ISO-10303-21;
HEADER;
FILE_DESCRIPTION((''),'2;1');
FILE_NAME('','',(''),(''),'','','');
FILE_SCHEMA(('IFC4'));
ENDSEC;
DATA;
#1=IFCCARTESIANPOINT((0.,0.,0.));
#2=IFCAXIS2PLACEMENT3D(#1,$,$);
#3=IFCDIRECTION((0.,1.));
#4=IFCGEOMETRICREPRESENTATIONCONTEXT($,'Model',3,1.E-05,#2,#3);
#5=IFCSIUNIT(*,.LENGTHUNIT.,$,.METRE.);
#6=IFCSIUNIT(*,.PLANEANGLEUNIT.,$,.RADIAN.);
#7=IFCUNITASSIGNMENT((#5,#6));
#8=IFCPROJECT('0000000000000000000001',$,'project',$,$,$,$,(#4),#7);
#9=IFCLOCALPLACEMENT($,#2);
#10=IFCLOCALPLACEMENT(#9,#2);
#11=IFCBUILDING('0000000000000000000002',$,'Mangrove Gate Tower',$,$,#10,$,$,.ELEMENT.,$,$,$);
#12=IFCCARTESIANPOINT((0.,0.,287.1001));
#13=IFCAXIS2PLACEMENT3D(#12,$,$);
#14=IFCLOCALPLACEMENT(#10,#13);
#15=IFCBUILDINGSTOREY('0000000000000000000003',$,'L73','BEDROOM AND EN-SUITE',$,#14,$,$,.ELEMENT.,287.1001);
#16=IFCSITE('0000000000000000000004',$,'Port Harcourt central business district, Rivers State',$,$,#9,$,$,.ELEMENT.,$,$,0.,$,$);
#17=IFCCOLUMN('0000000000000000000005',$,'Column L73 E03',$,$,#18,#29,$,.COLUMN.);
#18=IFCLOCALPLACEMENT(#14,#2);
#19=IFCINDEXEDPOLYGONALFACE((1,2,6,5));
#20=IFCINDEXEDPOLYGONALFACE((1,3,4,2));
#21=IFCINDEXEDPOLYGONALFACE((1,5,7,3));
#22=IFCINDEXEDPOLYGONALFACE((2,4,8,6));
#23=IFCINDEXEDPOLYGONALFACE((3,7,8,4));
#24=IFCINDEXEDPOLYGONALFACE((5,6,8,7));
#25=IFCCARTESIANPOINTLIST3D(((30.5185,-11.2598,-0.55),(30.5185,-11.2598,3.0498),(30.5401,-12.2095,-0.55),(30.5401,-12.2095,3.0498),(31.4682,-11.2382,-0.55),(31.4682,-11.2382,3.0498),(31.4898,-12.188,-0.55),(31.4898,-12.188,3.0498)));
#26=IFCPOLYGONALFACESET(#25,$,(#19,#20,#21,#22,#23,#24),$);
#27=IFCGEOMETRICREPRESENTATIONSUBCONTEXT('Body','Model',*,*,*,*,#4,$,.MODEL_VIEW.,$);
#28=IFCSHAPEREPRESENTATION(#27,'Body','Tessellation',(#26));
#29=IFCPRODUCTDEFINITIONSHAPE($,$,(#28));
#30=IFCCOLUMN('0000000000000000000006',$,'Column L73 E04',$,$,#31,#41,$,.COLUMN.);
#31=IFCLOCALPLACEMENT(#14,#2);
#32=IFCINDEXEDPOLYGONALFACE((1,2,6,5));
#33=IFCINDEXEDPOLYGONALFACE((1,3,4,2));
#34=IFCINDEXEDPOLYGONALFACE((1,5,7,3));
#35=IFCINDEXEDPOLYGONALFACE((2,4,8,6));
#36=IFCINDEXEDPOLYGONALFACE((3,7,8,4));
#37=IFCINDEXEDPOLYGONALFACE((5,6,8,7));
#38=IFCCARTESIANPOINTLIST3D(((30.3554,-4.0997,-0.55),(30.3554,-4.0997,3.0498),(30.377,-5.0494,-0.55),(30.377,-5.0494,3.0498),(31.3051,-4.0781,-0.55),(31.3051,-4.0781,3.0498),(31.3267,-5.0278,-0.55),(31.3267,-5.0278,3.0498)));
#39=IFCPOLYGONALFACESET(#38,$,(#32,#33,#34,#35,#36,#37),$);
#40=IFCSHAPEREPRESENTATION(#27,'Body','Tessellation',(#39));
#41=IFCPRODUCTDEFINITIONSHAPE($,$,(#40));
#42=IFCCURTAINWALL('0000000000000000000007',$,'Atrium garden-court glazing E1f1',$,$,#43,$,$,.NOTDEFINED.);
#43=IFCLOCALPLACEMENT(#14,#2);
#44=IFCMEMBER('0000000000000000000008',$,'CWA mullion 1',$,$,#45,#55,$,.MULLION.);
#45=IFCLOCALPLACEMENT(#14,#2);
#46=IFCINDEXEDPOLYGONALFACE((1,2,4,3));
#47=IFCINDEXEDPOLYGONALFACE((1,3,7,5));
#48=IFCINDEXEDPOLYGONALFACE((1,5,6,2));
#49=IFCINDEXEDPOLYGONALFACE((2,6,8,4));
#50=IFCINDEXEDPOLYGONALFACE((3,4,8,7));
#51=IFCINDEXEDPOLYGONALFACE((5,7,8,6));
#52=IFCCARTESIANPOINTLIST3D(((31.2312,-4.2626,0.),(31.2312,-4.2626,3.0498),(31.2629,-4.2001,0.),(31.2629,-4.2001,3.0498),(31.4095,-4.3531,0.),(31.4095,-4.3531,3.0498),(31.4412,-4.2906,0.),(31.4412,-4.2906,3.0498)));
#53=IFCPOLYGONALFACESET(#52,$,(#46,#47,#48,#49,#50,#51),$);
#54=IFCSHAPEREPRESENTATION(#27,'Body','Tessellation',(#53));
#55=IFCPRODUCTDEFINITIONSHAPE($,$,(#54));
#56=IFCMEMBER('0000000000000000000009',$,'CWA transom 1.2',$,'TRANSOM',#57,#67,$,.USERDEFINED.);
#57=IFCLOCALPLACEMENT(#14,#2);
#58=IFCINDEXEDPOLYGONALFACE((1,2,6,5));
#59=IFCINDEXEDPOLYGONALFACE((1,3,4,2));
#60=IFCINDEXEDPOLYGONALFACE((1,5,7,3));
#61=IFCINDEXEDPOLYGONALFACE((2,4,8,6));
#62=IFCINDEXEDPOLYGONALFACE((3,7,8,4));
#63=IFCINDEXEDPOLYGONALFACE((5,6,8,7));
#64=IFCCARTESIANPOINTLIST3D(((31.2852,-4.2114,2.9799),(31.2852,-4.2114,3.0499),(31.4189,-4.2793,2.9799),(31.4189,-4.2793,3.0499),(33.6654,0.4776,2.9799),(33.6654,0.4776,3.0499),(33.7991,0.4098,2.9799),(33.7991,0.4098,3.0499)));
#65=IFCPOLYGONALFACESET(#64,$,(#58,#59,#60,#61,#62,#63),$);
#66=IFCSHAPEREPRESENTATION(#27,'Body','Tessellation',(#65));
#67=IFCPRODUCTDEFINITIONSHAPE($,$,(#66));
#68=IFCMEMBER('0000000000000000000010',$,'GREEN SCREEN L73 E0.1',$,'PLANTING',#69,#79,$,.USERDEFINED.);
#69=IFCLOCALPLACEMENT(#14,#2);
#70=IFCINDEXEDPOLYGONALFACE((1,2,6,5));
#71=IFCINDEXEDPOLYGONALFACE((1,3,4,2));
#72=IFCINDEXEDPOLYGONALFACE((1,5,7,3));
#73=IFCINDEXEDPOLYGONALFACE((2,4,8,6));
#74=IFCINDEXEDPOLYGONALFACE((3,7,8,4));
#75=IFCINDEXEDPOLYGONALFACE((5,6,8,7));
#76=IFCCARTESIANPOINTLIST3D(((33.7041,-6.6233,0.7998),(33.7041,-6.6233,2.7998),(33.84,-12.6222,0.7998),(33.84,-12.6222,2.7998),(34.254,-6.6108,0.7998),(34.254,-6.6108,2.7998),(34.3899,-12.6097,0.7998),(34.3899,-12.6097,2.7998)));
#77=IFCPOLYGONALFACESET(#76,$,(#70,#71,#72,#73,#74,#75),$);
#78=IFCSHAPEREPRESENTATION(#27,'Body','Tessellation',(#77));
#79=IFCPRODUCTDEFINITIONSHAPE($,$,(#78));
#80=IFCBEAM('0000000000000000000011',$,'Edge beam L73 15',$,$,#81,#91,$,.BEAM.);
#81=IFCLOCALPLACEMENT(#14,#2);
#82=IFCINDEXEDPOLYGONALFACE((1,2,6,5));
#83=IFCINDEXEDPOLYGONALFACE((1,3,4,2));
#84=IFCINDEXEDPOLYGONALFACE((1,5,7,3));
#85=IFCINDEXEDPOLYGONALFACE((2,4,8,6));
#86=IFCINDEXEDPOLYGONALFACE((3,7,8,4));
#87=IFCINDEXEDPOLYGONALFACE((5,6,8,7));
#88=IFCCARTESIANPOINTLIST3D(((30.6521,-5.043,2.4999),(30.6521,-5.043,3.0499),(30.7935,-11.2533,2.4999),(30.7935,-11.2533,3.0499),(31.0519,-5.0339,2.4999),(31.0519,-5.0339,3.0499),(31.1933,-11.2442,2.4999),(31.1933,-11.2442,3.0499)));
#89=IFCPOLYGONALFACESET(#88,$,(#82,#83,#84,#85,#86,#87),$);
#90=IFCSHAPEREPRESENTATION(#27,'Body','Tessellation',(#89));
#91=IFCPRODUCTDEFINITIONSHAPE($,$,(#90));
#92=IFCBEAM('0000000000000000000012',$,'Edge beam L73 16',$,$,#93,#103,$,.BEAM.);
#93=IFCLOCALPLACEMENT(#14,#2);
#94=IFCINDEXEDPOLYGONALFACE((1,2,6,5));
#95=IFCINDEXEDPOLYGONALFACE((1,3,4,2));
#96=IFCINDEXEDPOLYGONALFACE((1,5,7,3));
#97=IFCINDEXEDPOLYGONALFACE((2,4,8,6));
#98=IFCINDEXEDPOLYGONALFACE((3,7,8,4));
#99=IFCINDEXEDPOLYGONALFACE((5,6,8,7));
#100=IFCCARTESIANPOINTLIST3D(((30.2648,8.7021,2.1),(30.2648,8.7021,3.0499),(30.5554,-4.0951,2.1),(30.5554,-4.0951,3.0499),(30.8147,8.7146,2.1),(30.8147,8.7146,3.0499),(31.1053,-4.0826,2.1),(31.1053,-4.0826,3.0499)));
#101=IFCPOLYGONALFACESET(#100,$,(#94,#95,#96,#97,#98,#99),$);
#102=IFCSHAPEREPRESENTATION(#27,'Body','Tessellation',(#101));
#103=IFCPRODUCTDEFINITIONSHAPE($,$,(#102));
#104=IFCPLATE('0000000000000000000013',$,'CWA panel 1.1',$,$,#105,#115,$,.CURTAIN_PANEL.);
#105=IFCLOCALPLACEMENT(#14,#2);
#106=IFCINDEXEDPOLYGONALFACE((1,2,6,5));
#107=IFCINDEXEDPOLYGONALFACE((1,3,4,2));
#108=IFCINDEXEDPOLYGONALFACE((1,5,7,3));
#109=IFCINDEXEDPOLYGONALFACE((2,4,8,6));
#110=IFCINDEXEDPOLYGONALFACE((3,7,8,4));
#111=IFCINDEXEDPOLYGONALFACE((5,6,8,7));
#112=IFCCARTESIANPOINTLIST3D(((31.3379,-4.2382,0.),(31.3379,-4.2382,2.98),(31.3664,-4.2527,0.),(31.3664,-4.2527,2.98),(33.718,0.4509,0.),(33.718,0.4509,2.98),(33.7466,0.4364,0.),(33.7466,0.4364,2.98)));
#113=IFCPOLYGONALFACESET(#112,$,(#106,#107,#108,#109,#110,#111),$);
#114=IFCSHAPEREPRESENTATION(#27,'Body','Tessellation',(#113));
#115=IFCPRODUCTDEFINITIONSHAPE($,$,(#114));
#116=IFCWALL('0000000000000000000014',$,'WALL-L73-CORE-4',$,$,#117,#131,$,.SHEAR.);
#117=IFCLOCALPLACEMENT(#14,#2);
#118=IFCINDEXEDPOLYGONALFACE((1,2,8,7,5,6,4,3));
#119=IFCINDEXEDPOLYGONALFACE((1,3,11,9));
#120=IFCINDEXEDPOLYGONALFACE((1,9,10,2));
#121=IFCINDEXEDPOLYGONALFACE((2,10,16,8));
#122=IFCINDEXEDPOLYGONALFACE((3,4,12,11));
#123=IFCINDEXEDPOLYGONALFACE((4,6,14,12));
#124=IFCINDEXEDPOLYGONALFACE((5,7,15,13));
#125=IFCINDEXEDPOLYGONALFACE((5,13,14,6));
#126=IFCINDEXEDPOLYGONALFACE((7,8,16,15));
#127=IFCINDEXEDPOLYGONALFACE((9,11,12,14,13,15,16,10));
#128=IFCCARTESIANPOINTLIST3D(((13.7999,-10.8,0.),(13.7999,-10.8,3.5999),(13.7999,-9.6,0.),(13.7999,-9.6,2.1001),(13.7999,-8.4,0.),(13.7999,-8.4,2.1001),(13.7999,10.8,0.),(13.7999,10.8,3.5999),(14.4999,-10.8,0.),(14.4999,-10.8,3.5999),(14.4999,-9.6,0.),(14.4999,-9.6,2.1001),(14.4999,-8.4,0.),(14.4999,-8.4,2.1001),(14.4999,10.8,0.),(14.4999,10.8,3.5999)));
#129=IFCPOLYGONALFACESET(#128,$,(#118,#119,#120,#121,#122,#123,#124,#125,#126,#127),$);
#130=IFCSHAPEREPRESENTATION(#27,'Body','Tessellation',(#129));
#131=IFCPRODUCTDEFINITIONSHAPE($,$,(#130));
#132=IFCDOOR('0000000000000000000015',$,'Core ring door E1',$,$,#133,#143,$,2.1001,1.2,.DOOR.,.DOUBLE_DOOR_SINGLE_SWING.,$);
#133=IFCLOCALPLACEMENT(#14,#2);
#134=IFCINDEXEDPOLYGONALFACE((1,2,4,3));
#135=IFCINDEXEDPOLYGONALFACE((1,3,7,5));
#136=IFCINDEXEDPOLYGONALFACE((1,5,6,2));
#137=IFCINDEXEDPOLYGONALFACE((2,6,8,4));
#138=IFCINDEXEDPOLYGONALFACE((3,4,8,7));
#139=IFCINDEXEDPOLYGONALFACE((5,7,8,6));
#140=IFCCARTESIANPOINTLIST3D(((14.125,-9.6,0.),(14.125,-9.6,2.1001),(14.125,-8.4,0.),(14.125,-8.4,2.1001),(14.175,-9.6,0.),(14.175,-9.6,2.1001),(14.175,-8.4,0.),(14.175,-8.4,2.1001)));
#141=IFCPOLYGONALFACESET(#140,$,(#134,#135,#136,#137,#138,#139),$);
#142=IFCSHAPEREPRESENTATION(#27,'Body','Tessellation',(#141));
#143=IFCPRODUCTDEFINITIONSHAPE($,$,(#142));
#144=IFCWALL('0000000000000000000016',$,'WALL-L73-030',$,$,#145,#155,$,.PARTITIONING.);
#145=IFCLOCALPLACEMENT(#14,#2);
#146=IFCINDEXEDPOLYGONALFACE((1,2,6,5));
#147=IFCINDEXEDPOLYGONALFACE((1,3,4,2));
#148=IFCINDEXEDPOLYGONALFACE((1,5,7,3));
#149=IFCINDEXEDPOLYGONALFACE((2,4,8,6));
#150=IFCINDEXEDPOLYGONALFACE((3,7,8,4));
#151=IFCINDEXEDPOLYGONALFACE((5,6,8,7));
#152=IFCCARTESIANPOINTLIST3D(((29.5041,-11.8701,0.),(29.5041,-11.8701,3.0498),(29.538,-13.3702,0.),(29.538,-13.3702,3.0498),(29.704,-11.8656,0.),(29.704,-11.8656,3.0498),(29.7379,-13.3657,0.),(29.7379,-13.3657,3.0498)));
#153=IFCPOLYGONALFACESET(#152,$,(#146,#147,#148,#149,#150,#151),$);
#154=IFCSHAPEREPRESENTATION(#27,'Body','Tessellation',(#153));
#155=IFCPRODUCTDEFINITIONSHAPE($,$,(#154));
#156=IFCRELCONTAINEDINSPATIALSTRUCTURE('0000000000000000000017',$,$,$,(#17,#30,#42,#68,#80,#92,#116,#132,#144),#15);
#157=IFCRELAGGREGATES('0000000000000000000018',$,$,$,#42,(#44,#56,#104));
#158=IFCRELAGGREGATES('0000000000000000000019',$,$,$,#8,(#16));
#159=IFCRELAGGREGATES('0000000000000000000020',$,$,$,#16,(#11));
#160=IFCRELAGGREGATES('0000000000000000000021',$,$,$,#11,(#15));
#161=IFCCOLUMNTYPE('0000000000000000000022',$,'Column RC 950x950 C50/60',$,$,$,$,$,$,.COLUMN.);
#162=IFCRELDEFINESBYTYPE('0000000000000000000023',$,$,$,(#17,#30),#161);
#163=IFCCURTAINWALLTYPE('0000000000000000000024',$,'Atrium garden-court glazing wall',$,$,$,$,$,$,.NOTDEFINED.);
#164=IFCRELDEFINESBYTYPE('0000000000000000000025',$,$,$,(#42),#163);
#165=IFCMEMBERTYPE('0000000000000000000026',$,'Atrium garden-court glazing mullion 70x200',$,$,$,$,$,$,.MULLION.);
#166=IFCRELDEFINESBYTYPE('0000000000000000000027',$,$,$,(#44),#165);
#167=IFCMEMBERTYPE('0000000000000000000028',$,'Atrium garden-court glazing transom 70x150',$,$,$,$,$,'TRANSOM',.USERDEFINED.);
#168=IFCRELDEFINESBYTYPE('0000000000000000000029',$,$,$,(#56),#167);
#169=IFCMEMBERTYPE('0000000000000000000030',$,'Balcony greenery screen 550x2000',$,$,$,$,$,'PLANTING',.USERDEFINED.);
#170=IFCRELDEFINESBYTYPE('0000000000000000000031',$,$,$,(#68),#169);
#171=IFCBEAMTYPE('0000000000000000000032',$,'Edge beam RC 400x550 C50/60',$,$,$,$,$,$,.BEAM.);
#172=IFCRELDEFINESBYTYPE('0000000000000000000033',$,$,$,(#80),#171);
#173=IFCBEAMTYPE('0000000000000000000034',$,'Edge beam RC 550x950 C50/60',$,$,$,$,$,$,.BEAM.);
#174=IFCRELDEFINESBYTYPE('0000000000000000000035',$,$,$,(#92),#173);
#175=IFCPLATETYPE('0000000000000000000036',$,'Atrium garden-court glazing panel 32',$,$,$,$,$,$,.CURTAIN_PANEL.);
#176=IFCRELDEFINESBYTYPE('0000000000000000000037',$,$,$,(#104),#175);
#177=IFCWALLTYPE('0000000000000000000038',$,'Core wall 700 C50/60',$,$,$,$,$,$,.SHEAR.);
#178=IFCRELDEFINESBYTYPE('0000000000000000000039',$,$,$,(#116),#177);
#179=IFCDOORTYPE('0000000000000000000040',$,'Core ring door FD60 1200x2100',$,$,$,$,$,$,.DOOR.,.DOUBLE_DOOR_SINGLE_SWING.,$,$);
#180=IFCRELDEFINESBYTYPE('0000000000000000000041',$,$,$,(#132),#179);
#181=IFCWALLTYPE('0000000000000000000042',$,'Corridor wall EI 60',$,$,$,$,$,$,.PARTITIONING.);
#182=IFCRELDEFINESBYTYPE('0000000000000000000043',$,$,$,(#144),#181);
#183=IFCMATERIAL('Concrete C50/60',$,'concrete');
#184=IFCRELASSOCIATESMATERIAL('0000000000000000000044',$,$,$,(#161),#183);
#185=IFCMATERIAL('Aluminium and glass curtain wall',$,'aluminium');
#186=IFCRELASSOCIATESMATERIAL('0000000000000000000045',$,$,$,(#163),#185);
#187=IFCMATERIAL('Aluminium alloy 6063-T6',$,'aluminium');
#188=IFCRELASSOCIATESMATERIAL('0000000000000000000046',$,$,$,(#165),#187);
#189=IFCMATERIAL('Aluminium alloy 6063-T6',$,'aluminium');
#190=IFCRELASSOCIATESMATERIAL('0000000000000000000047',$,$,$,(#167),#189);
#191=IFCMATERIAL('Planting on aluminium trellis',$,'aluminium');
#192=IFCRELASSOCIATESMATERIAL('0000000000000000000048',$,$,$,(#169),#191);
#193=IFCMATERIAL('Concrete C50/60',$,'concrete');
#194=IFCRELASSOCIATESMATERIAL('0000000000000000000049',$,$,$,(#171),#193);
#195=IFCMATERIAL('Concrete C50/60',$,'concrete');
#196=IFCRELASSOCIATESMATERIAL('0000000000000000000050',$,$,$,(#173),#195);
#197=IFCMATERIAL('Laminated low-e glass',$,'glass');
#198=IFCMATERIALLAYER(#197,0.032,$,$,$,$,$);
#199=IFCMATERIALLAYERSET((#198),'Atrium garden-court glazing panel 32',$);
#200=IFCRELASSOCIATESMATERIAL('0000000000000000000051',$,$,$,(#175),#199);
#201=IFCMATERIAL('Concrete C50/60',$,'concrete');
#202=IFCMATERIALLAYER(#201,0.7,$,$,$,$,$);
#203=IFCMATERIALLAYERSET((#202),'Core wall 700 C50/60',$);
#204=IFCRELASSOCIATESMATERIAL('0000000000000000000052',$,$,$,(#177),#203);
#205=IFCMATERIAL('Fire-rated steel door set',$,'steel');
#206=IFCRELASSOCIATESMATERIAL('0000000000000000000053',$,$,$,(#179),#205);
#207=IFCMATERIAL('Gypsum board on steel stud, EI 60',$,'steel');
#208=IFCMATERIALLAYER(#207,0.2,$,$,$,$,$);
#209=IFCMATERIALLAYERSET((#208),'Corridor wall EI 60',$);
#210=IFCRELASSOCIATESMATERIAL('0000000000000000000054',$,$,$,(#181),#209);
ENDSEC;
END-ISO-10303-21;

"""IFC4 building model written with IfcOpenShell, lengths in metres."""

from ifc_helpers import new_model, si_unit, direction, frame, frame_2d, origin, origin_2d, place, context, subcontext, project, spatial, rectangle, extrude, material, layer, layer_set, material_profile, profile_set, type_object, element, fill, aggregate, save


model = new_model("IFC4")

# Units and contexts
model_context = context("Model", 3, precision=1e-05, world=origin(), true_north=direction((0.0, 1.0)))
body_context = subcontext(model_context, "Body", "Model", "MODEL_VIEW")
ifc_project = project(units=[si_unit("LENGTHUNIT", "METRE"), si_unit("PLANEANGLEUNIT", "RADIAN")], contexts=[model_context])

# Site, building, storey
site_placement = place(None, origin())
site = spatial("IfcSite", under=ifc_project, at=site_placement, Name="Port Harcourt central business district, Rivers State", CompositionType="ELEMENT", RefElevation=0.0)
building_placement = place(site_placement, origin())
building = spatial("IfcBuilding", under=site, at=building_placement, Name="Mangrove Gate Tower", CompositionType="ELEMENT")
storey_placement = place(building_placement, frame((0.0, 0.0, 287.1001)))
storey = spatial("IfcBuildingStorey", under=building, at=storey_placement, Name="L73", Description="BEDROOM AND EN-SUITE", CompositionType="ELEMENT", Elevation=287.1001)

# Columns
ifc_material_1 = material(Name="Concrete C50/60", Category="concrete")
ifc_material_profile_1 = material_profile(ifc_material_1, rectangle(XDim=0.95, YDim=0.95, at=origin_2d()))
ifc_profile_set_1 = profile_set([ifc_material_profile_1], Name="Concrete C50/60")
column_type = type_object("IfcColumnType", Name="Column RC 950x950 C50/60", PredefinedType="COLUMN", material=ifc_profile_set_1)
for number, where, z_axis, x_axis, name in (
    (1, (31.0042, -11.7239, -0.55), (0.0, 0.0, 1.0), (-0.022688, 0.999743, 0.0), "Column L73 E03"),
    (2, (30.8411, -4.5637, -0.55), (0.0, 0.0, 1.0), (-0.022714, 0.999742, 0.0), "Column L73 E04"),
):
    element("IfcColumn", number, at=place(storey_placement, frame(where, z_axis=z_axis, x_axis=x_axis)), inside=storey, type_object=column_type, Name=name, PredefinedType="COLUMN", context=body_context, shape_type="SweptSolid", body=[
        extrude(rectangle(XDim=0.95, YDim=0.95, at=origin_2d()), origin(), (0.0, 0.0, 1.0), 3.5999),
    ])

# Curtain wall, members
ifc_material_2 = material(Name="Aluminium and glass curtain wall", Category="aluminium")
curtain_wall_type = type_object("IfcCurtainWallType", Name="Atrium garden-court glazing wall", PredefinedType="NOTDEFINED", material=ifc_material_2)
curtain_wall_placement = place(storey_placement, origin())
curtain_wall = element("IfcCurtainWall", 3, at=curtain_wall_placement, inside=storey, type_object=curtain_wall_type, Name="Atrium garden-court glazing E1f1", PredefinedType="NOTDEFINED")
ifc_material_3 = material(Name="Aluminium alloy 6063-T6", Category="aluminium")
ifc_material_profile_2 = material_profile(ifc_material_3, rectangle(XDim=0.0701, YDim=0.2, at=origin_2d()))
ifc_profile_set_2 = profile_set([ifc_material_profile_2], Name="Aluminium alloy 6063-T6")
member_type_1 = type_object("IfcMemberType", Name="Atrium garden-court glazing mullion 70x200", PredefinedType="MULLION", material=ifc_profile_set_2)
member_1_placement = place(storey_placement, frame((31.3362, -4.2766, 0.0), z_axis=(0.0, 0.0, 1.0), x_axis=(0.452617, 0.891705, 0.0)))
member_1 = element("IfcMember", 4, at=member_1_placement, type_object=member_type_1, Name="CWA mullion 1", PredefinedType="MULLION", context=body_context, shape_type="SweptSolid", body=[
    extrude(rectangle(XDim=0.0701, YDim=0.2, at=origin_2d()), origin(), (0.0, 0.0, 1.0), 3.0498),
])
ifc_material_4 = material(Name="Aluminium alloy 6063-T6", Category="aluminium")
ifc_material_profile_3 = material_profile(ifc_material_4, rectangle(XDim=0.0701, YDim=0.1499, at=origin_2d()))
ifc_profile_set_3 = profile_set([ifc_material_profile_3], Name="Aluminium alloy 6063-T6")
member_type_2 = type_object("IfcMemberType", Name="Atrium garden-court glazing transom 70x150", ElementType="TRANSOM", PredefinedType="USERDEFINED", material=ifc_profile_set_3)
member_2_placement = place(storey_placement, frame((31.3521, -4.2454, 3.0149), z_axis=(0.452628, 0.891699, 0.0), x_axis=(0.0, 0.0, 1.0)))
member_2 = element("IfcMember", 5, at=member_2_placement, type_object=member_type_2, Name="CWA transom 1.2", ObjectType="TRANSOM", PredefinedType="USERDEFINED", context=body_context, shape_type="SweptSolid", body=[
    extrude(rectangle(XDim=0.0701, YDim=0.1499, at=origin_2d()), origin(), (0.0, 0.0, 1.0), 5.2585),
])

# Member
ifc_material_5 = material(Name="Planting on aluminium trellis", Category="aluminium")
ifc_material_profile_4 = material_profile(ifc_material_5, rectangle(XDim=0.55, YDim=2.0, at=origin_2d()))
ifc_profile_set_4 = profile_set([ifc_material_profile_4], Name="Planting on aluminium trellis")
member_type_3 = type_object("IfcMemberType", Name="Balcony greenery screen 550x2000", ElementType="PLANTING", PredefinedType="USERDEFINED", material=ifc_profile_set_4)
member_3_placement = place(storey_placement, frame((34.115, -12.616, 1.7998), z_axis=(-0.022662, 0.999743, 0.0), x_axis=(-0.999743, -0.022662, 0.0)))
element("IfcMember", 6, at=member_3_placement, inside=storey, type_object=member_type_3, Name="GREEN SCREEN L73 E0.1", ObjectType="PLANTING", PredefinedType="USERDEFINED", context=body_context, shape_type="SweptSolid", body=[
    extrude(rectangle(XDim=0.55, YDim=2.0, at=origin_2d()), origin(), (0.0, 0.0, 1.0), 6.0005),
])

# Beams
ifc_material_6 = material(Name="Concrete C50/60", Category="concrete")
ifc_material_profile_5 = material_profile(ifc_material_6, rectangle(XDim=0.3999, YDim=0.55, at=origin_2d()))
ifc_profile_set_5 = profile_set([ifc_material_profile_5], Name="Concrete C50/60")
beam_type_1 = type_object("IfcBeamType", Name="Edge beam RC 400x550 C50/60", PredefinedType="BEAM", material=ifc_profile_set_5)
beam_1_placement = place(storey_placement, frame((30.9934, -11.2488, 2.7749), z_axis=(-0.022756, 0.999741, 0.0), x_axis=(-0.999741, -0.022756, 0.0)))
element("IfcBeam", 7, at=beam_1_placement, inside=storey, type_object=beam_type_1, Name="Edge beam L73 15", PredefinedType="BEAM", context=body_context, shape_type="SweptSolid", body=[
    extrude(rectangle(XDim=0.3999, YDim=0.55, at=origin_2d()), origin(), (0.0, 0.0, 1.0), 6.2119),
])
ifc_material_7 = material(Name="Concrete C50/60", Category="concrete")
ifc_material_profile_6 = material_profile(ifc_material_7, rectangle(XDim=0.55, YDim=0.95, at=origin_2d()))
ifc_profile_set_6 = profile_set([ifc_material_profile_6], Name="Concrete C50/60")
beam_type_2 = type_object("IfcBeamType", Name="Edge beam RC 550x950 C50/60", PredefinedType="BEAM", material=ifc_profile_set_6)
beam_2_placement = place(storey_placement, frame((30.8303, -4.0889, 2.575), z_axis=(-0.022697, 0.999742, 0.0), x_axis=(-0.999742, -0.022697, 0.0)))
element("IfcBeam", 8, at=beam_2_placement, inside=storey, type_object=beam_type_2, Name="Edge beam L73 16", PredefinedType="BEAM", context=body_context, shape_type="SweptSolid", body=[
    extrude(rectangle(XDim=0.55, YDim=0.95, at=origin_2d()), origin(), (0.0, 0.0, 1.0), 12.8005),
])

# Plate
ifc_material_8 = material(Name="Laminated low-e glass", Category="glass")
ifc_layer_1 = layer(ifc_material_8, 0.032)
ifc_layer_set_1 = layer_set([ifc_layer_1], Name="Atrium garden-court glazing panel 32")
plate_type = type_object("IfcPlateType", Name="Atrium garden-court glazing panel 32", PredefinedType="CURTAIN_PANEL", material=ifc_layer_set_1)
plate_placement = place(storey_placement, frame((32.5422, -1.9009, 0.0), z_axis=(0.0, 0.0, 1.0), x_axis=(0.452617, 0.891705, 0.0)))
plate = element("IfcPlate", 9, at=plate_placement, type_object=plate_type, Name="CWA panel 1.1", PredefinedType="CURTAIN_PANEL", context=body_context, shape_type="SweptSolid", body=[
    extrude(rectangle(XDim=5.2585, YDim=0.032, at=origin_2d()), origin(), (0.0, 0.0, 1.0), 2.98),
])
aggregate(curtain_wall, [member_1, member_2, plate])

# Wall, opening, door
ifc_material_9 = material(Name="Concrete C50/60", Category="concrete")
ifc_layer_2 = layer(ifc_material_9, 0.7)
ifc_layer_set_2 = layer_set([ifc_layer_2], Name="Core wall 700 C50/60")
wall_type_1 = type_object("IfcWallType", Name="Core wall 700 C50/60", PredefinedType="SHEAR", material=ifc_layer_set_2)
wall_1_placement = place(storey_placement, frame((14.1499, -10.8, 0.0), z_axis=(0.0, 0.0, 1.0), x_axis=(0.0, 1.0, 0.0)))
wall_1 = element("IfcWall", 10, at=wall_1_placement, inside=storey, type_object=wall_type_1, Name="WALL-L73-CORE-4", PredefinedType="SHEAR", context=body_context, shape_type="SweptSolid", body=[
    extrude(rectangle(XDim=21.6001, YDim=0.7, at=frame_2d((10.8, 0.0))), origin(), (0.0, 0.0, 1.0), 3.5999),
])
opening_1_placement = place(wall_1_placement, frame((1.2, 0.0, 0.0)))
opening_1 = element("IfcOpeningElement", 11, at=opening_1_placement, cuts=wall_1, PredefinedType="OPENING", context=body_context, shape_type="SweptSolid", body=[
    extrude(rectangle(XDim=1.2, YDim=2.1001, at=frame_2d((0.6001, 1.05))), frame((0.0, 0.3599, 0.0), z_axis=(0.0, -1.0, 0.0), x_axis=(1.0, 0.0, 0.0)), (0.0, 0.0, 1.0), 0.72),
])
ifc_material_10 = material(Name="Fire-rated steel door set", Category="steel")
door_type_1 = type_object("IfcDoorType", Name="Core ring door FD60 1200x2100", OperationType="DOUBLE_DOOR_SINGLE_SWING", PredefinedType="DOOR", material=ifc_material_10)
door_1_placement = place(opening_1_placement, origin())
door_1 = element("IfcDoor", 12, at=door_1_placement, inside=storey, type_object=door_type_1, Name="Core ring door E1", OperationType="DOUBLE_DOOR_SINGLE_SWING", OverallHeight=2.1001, OverallWidth=1.2, PredefinedType="DOOR", context=body_context, shape_type="SweptSolid", body=[
    extrude(rectangle(XDim=1.2, YDim=2.1001, at=frame_2d((0.6001, 1.05))), frame((0.0, 0.0249, 0.0), z_axis=(0.0, -1.0, 0.0), x_axis=(1.0, 0.0, 0.0)), (0.0, 0.0, 1.0), 0.05),
])
fill(opening_1, door_1)

# Wall
ifc_material_11 = material(Name="Gypsum board on steel stud, EI 60", Category="steel")
ifc_layer_3 = layer(ifc_material_11, 0.2)
ifc_layer_set_3 = layer_set([ifc_layer_3], Name="Corridor wall EI 60")
wall_type_2 = type_object("IfcWallType", Name="Corridor wall EI 60", PredefinedType="PARTITIONING", material=ifc_layer_set_3)
wall_2_placement = place(storey_placement, frame((29.6379, -13.3679, 0.0), z_axis=(0.0, 0.0, 1.0), x_axis=(-0.022618, 0.999744, 0.0)))
element("IfcWall", 13, at=wall_2_placement, inside=storey, type_object=wall_type_2, Name="WALL-L73-030", PredefinedType="PARTITIONING", context=body_context, shape_type="SweptSolid", body=[
    extrude(rectangle(XDim=1.5005, YDim=0.2, at=frame_2d((0.7502, 0.0))), origin(), (0.0, 0.0, 1.0), 3.0498),
])

save(model, "model.ifc")
